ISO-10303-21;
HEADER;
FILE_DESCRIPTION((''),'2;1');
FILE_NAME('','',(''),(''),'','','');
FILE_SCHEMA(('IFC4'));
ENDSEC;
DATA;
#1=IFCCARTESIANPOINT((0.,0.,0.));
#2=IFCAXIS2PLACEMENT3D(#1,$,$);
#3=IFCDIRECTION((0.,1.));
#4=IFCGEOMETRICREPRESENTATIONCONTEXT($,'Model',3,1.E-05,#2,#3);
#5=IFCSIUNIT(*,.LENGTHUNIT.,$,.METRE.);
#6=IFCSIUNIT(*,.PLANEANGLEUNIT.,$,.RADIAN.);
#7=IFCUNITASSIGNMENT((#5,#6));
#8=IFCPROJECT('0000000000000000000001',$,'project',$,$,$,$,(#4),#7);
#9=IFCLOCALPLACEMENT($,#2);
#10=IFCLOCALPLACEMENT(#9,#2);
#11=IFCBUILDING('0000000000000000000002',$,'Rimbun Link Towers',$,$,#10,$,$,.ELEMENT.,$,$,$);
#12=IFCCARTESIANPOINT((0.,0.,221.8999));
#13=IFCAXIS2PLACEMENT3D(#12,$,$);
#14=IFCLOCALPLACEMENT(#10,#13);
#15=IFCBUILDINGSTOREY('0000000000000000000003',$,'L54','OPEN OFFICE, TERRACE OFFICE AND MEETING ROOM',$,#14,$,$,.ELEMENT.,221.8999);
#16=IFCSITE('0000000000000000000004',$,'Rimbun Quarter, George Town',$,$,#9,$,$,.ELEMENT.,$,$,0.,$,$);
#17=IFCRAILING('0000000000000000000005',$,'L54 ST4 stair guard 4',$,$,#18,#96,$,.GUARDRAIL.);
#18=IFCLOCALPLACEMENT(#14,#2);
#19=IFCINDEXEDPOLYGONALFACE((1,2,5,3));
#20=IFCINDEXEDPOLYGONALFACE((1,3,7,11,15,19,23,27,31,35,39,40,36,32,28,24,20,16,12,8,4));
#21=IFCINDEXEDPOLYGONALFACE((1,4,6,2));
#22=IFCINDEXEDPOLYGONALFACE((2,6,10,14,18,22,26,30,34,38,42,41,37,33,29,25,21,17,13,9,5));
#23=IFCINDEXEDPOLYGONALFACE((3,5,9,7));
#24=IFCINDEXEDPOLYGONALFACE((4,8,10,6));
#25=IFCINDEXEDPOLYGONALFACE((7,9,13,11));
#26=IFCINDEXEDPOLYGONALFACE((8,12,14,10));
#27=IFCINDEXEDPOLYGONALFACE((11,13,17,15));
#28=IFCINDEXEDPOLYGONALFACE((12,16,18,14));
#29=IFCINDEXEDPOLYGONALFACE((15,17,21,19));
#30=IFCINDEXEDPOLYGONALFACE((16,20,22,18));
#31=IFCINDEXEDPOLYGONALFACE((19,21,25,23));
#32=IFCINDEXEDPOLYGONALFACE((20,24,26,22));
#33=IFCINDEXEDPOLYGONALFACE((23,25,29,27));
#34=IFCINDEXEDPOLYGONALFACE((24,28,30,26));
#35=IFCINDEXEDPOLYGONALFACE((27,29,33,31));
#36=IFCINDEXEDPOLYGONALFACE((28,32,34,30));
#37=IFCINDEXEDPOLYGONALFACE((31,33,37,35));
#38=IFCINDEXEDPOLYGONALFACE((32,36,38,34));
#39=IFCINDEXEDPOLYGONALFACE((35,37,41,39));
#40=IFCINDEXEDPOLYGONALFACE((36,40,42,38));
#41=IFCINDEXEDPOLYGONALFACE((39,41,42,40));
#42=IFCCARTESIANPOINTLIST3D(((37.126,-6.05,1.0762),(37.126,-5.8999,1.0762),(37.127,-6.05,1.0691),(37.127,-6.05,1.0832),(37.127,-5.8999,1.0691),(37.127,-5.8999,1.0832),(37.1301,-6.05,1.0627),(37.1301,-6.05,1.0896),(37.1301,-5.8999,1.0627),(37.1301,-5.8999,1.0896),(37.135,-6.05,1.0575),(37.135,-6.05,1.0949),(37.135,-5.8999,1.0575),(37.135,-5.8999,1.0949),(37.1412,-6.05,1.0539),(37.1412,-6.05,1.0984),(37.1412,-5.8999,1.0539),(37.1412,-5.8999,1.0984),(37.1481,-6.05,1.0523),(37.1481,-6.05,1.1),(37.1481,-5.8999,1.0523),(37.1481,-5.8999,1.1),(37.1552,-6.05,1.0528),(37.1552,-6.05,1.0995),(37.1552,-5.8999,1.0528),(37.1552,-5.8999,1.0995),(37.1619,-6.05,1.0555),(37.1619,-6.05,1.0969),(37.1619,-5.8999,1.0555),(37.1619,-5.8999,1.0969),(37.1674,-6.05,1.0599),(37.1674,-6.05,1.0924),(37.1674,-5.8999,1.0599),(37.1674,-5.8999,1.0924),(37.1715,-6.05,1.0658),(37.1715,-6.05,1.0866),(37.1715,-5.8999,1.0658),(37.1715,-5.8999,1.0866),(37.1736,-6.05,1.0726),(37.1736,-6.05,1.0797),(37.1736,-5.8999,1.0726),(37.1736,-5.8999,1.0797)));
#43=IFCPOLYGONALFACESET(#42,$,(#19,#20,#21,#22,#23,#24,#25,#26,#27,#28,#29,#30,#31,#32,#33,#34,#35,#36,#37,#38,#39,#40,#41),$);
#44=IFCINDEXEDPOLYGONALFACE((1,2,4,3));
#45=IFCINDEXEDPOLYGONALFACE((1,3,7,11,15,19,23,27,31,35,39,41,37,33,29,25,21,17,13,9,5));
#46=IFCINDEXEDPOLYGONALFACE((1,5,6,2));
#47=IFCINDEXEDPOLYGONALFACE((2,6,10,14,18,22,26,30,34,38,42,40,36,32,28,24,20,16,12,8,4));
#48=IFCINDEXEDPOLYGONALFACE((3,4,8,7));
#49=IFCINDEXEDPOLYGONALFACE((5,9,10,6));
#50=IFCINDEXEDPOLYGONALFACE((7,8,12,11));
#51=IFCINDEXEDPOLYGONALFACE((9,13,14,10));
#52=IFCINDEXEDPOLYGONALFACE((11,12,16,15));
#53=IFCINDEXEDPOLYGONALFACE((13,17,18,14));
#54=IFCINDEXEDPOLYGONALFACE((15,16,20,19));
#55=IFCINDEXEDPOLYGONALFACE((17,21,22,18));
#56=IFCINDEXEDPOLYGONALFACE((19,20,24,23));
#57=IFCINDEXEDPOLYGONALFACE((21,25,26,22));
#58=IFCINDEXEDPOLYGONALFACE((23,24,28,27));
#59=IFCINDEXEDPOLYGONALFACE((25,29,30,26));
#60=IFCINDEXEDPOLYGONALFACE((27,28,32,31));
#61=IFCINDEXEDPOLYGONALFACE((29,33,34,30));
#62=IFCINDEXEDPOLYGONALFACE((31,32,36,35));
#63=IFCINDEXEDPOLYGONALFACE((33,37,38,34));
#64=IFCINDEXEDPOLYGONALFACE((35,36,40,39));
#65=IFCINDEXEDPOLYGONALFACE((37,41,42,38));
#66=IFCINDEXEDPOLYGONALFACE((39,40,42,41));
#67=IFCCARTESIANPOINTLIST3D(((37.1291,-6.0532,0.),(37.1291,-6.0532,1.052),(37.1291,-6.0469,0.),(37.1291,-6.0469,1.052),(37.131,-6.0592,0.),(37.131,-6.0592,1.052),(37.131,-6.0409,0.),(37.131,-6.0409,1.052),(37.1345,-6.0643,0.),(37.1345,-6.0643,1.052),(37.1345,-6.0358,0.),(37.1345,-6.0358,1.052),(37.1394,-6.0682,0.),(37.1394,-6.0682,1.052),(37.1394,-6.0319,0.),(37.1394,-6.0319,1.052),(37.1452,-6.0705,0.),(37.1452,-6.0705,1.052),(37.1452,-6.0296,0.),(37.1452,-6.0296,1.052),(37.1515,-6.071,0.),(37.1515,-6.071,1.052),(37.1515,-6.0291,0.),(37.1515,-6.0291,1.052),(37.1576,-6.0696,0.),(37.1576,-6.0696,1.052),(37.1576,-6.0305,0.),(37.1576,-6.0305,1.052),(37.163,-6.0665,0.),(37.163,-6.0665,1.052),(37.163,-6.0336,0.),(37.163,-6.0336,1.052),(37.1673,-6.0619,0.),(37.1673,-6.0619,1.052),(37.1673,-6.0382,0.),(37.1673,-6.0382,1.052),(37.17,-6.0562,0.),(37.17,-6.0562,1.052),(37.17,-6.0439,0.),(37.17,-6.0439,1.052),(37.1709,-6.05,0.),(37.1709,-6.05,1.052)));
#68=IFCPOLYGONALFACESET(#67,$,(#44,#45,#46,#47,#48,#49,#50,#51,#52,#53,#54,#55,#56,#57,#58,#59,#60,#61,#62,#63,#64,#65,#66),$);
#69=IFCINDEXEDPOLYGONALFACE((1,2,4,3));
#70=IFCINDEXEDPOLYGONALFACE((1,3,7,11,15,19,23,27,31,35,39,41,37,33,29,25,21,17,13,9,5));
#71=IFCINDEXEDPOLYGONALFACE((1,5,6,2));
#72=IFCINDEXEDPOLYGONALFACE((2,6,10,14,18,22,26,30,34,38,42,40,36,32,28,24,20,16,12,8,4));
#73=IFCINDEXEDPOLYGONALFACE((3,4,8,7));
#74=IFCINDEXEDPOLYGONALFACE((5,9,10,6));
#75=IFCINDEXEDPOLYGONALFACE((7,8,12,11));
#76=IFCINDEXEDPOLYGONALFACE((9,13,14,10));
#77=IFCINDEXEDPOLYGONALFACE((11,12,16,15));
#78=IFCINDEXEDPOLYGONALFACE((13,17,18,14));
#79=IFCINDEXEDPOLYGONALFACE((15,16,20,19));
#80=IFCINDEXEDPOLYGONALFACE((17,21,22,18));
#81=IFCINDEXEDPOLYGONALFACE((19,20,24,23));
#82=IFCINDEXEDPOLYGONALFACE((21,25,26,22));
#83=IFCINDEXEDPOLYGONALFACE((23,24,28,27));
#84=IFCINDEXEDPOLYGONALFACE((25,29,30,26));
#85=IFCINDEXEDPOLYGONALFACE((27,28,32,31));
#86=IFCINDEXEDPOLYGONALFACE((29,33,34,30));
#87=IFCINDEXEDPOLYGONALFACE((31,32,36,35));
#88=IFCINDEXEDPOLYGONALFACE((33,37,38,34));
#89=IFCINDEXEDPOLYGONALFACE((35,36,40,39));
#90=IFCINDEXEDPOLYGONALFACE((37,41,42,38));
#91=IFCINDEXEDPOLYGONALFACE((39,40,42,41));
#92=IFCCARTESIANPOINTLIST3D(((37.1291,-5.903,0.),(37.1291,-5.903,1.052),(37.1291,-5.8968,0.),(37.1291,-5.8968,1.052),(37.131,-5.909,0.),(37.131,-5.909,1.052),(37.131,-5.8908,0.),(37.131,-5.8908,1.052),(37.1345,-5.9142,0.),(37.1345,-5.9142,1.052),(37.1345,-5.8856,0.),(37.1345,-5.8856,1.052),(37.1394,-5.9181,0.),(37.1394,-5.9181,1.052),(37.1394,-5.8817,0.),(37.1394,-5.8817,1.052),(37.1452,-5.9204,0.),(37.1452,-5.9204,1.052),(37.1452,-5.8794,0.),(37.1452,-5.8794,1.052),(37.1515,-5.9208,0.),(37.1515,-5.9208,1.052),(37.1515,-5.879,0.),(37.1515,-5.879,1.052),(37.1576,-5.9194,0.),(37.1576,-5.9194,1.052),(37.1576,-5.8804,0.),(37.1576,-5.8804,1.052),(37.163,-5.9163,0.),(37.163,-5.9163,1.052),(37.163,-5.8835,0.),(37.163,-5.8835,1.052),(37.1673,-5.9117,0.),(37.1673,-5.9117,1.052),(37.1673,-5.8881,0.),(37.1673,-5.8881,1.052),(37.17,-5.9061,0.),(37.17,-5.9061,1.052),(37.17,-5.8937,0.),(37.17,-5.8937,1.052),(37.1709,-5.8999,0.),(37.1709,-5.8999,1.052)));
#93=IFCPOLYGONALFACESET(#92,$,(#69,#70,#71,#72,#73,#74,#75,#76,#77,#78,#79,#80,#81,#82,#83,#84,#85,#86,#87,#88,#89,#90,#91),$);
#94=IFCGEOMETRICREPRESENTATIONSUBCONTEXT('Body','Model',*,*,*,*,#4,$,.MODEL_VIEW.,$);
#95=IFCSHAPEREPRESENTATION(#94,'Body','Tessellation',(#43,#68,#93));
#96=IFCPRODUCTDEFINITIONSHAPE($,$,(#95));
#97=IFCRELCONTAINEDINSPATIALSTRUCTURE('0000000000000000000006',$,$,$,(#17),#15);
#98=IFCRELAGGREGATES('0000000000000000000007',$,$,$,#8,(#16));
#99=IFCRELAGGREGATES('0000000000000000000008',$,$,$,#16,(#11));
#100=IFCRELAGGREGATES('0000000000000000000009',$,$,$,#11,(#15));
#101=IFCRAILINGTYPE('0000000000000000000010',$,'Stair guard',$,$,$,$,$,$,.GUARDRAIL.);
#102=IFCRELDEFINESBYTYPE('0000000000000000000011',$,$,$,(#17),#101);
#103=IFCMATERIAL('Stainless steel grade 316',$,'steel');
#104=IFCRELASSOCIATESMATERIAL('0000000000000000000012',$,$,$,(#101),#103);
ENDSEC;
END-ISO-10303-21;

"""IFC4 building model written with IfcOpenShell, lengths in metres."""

from ifc_helpers import new_model, si_unit, direction, frame, origin, origin_2d, place, context, subcontext, project, spatial, circle, extrude, material, type_object, element, save


model = new_model("IFC4")

# Units and contexts
model_context = context("Model", 3, precision=1e-05, world=origin(), true_north=direction((0.0, 1.0)))
body_context = subcontext(model_context, "Body", "Model", "MODEL_VIEW")
ifc_project = project(units=[si_unit("LENGTHUNIT", "METRE"), si_unit("PLANEANGLEUNIT", "RADIAN")], contexts=[model_context])

# Site, building, storey
site_placement = place(None, origin())
site = spatial("IfcSite", under=ifc_project, at=site_placement, Name="Rimbun Quarter, George Town", CompositionType="ELEMENT", RefElevation=0.0)
building_placement = place(site_placement, origin())
building = spatial("IfcBuilding", under=site, at=building_placement, Name="Rimbun Link Towers", CompositionType="ELEMENT")
storey_placement = place(building_placement, frame((0.0, 0.0, 221.8999)))
storey = spatial("IfcBuildingStorey", under=building, at=storey_placement, Name="L54", Description="OPEN OFFICE, TERRACE OFFICE AND MEETING ROOM", CompositionType="ELEMENT", Elevation=221.8999)

# Railing
ifc_material_1 = material(Name="Stainless steel grade 316", Category="steel")
railing_type_1 = type_object("IfcRailingType", Name="Stair guard", PredefinedType="GUARDRAIL", material=ifc_material_1)
railing_1_placement = place(storey_placement, frame((37.1499, -6.05, 0.0)))
element("IfcRailing", 1, at=railing_1_placement, inside=storey, type_object=railing_type_1, Name="L54 ST4 stair guard 4", PredefinedType="GUARDRAIL", context=body_context, shape_type="SweptSolid", body=[
    extrude(circle(Radius=0.0239, at=origin_2d()), frame((0.0, 0.0, 1.0762), z_axis=(0.0, 1.0, 0.0), x_axis=(-1.0, 0.0, 0.0)), (0.0, 0.0, 1.0), 0.1501),
    extrude(circle(Radius=0.021, at=origin_2d()), origin(), (0.0, 0.0, 1.0), 1.052),
    extrude(circle(Radius=0.021, at=origin_2d()), frame((0.0, 0.1501, 0.0)), (0.0, 0.0, 1.0), 1.052),
])

save(model, "model.ifc")
